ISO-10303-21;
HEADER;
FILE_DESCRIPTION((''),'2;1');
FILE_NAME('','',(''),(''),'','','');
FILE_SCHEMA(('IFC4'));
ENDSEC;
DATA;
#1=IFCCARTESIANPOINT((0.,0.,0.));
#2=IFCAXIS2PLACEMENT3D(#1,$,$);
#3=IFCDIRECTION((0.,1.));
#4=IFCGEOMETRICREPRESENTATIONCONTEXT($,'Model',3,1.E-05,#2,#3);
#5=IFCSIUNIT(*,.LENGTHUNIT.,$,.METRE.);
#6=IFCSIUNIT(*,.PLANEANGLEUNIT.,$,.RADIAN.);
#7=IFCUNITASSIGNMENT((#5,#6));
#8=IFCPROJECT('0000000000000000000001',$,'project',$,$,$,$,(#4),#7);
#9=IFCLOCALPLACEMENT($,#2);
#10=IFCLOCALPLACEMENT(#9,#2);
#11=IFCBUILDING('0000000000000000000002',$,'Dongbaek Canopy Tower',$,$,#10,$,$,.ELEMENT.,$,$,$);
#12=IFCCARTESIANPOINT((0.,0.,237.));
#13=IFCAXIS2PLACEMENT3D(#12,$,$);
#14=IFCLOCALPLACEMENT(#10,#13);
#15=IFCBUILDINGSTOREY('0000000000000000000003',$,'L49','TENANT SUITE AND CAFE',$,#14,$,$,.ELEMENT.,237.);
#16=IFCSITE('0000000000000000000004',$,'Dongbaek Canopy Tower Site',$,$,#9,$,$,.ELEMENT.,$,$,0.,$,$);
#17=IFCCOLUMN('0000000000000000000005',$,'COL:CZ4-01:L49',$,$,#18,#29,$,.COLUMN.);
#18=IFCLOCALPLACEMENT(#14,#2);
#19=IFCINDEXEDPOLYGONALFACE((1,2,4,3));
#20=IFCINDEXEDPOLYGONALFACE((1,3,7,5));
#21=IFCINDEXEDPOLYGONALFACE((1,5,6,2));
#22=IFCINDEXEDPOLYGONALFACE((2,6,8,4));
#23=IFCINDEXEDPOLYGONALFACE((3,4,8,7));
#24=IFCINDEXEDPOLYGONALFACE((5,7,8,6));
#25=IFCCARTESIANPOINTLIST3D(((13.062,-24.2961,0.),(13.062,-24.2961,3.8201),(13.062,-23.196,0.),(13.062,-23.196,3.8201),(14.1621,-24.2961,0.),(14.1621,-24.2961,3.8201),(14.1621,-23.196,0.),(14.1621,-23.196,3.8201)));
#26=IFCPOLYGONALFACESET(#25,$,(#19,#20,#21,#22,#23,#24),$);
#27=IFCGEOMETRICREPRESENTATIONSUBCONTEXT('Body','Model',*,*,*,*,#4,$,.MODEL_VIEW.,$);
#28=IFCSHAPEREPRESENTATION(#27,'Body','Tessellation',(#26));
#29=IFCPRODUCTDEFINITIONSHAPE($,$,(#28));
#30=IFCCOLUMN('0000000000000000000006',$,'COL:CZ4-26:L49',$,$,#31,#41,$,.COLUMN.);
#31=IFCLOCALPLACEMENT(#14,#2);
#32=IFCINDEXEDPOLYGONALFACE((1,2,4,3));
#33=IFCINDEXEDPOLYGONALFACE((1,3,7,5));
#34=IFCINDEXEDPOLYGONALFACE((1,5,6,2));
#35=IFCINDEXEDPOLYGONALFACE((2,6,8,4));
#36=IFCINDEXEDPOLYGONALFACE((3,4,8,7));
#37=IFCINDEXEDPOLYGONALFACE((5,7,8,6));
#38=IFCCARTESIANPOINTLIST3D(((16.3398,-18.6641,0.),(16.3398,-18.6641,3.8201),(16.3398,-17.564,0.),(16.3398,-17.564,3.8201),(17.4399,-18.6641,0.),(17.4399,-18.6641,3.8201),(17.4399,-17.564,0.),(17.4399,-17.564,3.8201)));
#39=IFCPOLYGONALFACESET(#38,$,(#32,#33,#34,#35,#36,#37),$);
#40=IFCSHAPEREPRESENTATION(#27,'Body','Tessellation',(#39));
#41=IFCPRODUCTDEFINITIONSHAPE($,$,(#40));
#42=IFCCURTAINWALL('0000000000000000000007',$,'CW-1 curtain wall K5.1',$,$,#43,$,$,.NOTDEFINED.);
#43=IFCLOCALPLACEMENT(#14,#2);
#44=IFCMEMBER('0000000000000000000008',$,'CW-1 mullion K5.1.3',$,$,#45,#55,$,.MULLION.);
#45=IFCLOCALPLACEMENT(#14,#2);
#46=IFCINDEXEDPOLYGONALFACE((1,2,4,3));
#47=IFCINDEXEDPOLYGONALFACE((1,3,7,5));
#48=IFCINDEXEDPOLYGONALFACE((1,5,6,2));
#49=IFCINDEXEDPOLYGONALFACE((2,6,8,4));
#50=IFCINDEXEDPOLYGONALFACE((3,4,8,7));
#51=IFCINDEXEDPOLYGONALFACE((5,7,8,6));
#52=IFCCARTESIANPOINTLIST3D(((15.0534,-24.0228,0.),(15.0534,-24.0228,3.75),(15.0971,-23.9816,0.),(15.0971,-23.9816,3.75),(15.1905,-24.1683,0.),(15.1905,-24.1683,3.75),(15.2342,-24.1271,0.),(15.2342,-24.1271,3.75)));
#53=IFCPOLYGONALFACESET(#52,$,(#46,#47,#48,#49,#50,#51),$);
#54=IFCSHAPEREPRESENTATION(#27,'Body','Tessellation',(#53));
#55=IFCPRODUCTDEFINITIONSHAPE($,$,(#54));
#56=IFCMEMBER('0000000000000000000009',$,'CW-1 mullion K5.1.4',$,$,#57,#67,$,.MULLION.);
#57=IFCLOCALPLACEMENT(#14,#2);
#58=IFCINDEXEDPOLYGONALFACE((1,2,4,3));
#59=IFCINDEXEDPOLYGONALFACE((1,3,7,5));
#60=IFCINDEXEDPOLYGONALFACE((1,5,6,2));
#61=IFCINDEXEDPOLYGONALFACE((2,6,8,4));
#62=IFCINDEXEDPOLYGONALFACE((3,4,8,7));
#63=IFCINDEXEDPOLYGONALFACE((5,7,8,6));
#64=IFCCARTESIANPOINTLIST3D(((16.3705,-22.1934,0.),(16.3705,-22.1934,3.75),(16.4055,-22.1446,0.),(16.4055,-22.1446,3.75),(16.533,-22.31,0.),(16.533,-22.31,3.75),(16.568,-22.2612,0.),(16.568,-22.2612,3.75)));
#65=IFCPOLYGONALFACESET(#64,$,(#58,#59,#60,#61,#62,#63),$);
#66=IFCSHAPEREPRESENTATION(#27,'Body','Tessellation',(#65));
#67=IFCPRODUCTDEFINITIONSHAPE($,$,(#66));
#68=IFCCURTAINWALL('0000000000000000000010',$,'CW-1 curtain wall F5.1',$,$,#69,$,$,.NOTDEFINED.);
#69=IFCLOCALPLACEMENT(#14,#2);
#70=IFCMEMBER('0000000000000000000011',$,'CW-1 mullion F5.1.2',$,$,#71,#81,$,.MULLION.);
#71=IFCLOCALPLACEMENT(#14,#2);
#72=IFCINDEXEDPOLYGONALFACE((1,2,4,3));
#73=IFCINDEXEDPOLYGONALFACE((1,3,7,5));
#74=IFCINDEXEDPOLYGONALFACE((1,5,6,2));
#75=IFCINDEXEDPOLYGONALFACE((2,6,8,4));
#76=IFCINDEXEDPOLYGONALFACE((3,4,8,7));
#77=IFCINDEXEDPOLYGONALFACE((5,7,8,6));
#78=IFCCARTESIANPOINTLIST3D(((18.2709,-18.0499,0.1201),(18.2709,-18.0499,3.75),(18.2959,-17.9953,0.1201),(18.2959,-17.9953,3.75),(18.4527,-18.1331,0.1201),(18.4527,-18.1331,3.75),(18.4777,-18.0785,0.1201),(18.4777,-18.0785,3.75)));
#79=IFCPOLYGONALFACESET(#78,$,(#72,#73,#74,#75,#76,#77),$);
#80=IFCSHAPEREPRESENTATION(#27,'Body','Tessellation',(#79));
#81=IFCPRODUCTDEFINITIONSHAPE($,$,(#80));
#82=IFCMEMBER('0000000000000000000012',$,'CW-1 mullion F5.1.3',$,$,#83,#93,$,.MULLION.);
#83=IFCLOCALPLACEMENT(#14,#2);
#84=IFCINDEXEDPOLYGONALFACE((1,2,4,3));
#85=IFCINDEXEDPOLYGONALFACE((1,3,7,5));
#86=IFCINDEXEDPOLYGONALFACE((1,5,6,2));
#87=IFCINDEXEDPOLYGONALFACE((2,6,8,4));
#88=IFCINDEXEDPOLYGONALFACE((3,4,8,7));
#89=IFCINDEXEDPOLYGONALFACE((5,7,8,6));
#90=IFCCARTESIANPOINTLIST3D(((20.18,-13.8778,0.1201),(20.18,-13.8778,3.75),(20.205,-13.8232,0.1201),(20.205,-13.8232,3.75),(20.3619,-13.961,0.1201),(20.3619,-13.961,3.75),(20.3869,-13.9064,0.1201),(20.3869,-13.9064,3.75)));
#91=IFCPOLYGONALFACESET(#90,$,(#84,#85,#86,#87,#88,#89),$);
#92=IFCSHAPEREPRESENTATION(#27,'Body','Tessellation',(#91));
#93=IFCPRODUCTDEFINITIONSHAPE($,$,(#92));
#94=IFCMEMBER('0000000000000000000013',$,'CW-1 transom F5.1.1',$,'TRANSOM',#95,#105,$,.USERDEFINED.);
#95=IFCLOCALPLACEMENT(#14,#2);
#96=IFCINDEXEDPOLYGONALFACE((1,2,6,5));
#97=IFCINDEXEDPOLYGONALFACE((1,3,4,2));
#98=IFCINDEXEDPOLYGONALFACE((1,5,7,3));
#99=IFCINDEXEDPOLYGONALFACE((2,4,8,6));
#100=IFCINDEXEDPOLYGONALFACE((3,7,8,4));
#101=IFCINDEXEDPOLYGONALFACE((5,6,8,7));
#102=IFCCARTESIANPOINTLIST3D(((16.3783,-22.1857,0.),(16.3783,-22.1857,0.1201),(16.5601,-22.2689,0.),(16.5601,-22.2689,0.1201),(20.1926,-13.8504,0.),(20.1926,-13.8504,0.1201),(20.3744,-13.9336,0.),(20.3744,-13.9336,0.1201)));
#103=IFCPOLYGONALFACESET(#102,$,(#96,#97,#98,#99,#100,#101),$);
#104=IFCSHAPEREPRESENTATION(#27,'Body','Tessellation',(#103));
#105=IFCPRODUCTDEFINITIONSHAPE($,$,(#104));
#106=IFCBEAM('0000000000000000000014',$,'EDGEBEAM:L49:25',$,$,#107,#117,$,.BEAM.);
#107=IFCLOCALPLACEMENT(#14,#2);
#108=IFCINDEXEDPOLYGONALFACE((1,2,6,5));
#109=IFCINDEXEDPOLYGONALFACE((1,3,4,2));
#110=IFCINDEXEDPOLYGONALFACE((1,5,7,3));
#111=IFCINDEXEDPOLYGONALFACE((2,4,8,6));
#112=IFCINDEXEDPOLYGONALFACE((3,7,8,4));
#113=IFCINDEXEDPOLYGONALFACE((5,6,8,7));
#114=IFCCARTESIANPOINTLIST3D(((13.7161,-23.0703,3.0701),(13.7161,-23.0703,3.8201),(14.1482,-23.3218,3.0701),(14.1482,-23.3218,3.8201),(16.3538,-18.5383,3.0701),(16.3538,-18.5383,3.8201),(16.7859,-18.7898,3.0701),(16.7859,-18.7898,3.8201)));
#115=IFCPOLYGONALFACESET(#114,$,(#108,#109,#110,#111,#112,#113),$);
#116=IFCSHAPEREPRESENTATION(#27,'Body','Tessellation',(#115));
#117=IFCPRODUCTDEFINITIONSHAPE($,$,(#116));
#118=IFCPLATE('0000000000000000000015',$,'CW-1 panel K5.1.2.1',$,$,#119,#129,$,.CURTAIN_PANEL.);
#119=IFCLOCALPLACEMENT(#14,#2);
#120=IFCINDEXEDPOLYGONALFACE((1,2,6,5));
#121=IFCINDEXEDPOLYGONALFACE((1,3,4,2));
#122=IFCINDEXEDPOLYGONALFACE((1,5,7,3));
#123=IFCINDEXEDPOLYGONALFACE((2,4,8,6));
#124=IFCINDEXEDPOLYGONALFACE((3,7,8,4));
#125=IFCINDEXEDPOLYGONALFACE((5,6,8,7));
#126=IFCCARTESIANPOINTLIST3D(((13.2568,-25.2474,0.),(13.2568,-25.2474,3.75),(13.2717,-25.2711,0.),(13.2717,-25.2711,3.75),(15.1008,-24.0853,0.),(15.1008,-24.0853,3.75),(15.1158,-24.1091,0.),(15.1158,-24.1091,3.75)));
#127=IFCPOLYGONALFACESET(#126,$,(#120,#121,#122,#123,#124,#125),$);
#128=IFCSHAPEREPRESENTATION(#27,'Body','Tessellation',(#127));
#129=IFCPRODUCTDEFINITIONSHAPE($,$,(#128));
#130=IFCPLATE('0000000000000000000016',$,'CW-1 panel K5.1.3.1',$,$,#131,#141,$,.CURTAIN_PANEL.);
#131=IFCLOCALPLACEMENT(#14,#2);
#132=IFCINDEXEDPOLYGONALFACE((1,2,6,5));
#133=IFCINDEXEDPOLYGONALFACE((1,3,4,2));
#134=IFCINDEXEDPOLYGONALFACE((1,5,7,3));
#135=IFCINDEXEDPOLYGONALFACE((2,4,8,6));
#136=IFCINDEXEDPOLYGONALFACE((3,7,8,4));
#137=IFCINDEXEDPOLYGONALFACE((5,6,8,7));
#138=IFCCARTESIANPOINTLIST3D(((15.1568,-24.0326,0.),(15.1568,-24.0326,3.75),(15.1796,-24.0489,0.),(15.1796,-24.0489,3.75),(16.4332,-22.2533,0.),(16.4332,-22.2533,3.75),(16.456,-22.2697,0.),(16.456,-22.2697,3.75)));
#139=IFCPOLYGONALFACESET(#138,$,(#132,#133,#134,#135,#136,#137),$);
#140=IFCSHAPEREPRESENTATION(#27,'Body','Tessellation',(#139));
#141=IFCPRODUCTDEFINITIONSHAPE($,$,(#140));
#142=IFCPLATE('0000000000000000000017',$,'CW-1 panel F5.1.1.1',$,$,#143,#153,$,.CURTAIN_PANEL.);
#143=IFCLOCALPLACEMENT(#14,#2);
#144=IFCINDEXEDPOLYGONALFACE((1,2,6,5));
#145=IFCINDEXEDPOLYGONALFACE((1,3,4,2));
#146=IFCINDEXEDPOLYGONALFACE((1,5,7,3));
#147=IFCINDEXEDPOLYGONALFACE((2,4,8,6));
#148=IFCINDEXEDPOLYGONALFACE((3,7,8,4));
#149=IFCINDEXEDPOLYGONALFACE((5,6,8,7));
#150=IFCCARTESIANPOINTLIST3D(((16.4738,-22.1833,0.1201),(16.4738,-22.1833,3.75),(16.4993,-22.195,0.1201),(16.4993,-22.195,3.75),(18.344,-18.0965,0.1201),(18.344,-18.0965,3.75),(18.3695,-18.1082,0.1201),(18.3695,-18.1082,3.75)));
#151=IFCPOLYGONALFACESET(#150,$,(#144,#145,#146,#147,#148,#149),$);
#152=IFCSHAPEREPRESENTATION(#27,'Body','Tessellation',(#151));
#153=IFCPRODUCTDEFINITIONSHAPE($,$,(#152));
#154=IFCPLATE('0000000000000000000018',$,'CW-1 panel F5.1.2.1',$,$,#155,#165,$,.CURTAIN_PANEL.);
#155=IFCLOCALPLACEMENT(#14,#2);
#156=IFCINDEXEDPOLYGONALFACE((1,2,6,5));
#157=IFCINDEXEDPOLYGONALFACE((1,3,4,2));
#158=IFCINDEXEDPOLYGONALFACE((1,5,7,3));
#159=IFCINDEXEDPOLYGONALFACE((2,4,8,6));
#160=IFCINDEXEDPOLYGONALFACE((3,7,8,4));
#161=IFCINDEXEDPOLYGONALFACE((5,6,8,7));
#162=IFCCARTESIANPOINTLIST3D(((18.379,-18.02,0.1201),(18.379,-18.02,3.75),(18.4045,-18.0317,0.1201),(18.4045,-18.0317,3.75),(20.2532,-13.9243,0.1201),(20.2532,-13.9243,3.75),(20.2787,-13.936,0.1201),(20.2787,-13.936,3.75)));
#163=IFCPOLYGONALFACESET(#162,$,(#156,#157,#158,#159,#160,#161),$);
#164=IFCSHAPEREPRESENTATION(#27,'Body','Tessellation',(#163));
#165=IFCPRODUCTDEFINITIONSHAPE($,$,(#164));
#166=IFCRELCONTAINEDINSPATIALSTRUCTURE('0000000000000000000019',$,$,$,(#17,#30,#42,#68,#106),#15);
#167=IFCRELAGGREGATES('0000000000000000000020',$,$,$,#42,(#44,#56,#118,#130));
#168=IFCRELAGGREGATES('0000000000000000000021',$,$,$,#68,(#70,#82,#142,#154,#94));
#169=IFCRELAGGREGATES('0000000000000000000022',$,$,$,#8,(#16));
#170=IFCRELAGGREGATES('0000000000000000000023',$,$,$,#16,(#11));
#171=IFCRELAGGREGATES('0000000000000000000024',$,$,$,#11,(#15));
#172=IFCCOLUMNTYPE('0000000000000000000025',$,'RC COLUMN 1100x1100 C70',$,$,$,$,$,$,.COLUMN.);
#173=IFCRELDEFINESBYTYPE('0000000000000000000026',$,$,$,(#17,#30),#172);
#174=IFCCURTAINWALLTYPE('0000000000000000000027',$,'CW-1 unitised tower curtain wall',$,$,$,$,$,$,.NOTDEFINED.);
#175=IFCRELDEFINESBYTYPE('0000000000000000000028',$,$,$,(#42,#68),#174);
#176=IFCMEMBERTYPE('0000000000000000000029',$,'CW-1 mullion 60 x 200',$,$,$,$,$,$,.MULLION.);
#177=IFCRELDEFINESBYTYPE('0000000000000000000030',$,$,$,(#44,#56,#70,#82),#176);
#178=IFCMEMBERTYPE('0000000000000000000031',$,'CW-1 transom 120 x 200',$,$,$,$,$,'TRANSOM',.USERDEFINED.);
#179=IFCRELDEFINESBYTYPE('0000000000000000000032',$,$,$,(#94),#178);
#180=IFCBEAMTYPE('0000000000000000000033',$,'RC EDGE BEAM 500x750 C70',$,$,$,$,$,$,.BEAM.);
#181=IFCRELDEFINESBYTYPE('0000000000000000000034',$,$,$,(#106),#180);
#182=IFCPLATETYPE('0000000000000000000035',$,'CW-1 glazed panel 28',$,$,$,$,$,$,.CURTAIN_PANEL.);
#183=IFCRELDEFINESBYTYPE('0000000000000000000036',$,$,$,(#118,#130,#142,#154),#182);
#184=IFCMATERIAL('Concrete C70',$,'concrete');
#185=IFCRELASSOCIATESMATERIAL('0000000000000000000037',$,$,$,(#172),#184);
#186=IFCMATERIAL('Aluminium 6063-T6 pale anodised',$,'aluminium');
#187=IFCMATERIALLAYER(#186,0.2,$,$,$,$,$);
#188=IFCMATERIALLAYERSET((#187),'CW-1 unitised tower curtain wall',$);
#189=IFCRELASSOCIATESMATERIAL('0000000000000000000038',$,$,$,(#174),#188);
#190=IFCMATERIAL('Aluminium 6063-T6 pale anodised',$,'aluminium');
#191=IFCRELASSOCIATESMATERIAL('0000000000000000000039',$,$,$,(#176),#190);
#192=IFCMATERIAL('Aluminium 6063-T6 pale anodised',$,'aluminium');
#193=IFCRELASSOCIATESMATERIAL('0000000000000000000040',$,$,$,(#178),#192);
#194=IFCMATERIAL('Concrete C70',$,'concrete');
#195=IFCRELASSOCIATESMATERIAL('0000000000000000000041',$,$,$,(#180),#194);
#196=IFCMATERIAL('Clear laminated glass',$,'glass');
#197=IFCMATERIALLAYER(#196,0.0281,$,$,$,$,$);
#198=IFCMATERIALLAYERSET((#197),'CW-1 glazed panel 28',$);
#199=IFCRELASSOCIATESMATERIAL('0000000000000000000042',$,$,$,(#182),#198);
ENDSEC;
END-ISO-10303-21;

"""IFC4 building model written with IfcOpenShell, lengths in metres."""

from ifc_helpers import new_model, si_unit, direction, frame, origin, origin_2d, place, context, subcontext, project, spatial, rectangle, extrude, material, layer, layer_set, material_profile, profile_set, type_object, element, aggregate, save


model = new_model("IFC4")

# Units and contexts
model_context = context("Model", 3, precision=1e-05, world=origin(), true_north=direction((0.0, 1.0)))
body_context = subcontext(model_context, "Body", "Model", "MODEL_VIEW")
ifc_project = project(units=[si_unit("LENGTHUNIT", "METRE"), si_unit("PLANEANGLEUNIT", "RADIAN")], contexts=[model_context])

# Site, building, storey
site_placement = place(None, origin())
site = spatial("IfcSite", under=ifc_project, at=site_placement, Name="Dongbaek Canopy Tower Site", CompositionType="ELEMENT", RefElevation=0.0)
building_placement = place(site_placement, origin())
building = spatial("IfcBuilding", under=site, at=building_placement, Name="Dongbaek Canopy Tower", CompositionType="ELEMENT")
storey_placement = place(building_placement, frame((0.0, 0.0, 237.0)))
storey = spatial("IfcBuildingStorey", under=building, at=storey_placement, Name="L49", Description="TENANT SUITE AND CAFE", CompositionType="ELEMENT", Elevation=237.0)

# Columns
ifc_material_1 = material(Name="Concrete C70", Category="concrete")
ifc_material_profile_1 = material_profile(ifc_material_1, rectangle(XDim=1.1001, YDim=1.1001, at=origin_2d()), Name="RC COLUMN 1100x1100 C70")
ifc_profile_set_1 = profile_set([ifc_material_profile_1], Name="Concrete C70")
column_type = type_object("IfcColumnType", Name="RC COLUMN 1100x1100 C70", PredefinedType="COLUMN", material=ifc_profile_set_1)
for number, where, z_axis, x_axis, name in (
    (1, (13.6121, -23.7461, 0.0), (0.0, 0.0, 1.0), (1.0, 0.0, 0.0), "COL:CZ4-01:L49"),
    (2, (16.8899, -18.114, 0.0), (0.0, 0.0, 1.0), (1.0, 0.0, 0.0), "COL:CZ4-26:L49"),
):
    element("IfcColumn", number, at=place(storey_placement, frame(where, z_axis=z_axis, x_axis=x_axis)), inside=storey, type_object=column_type, Name=name, PredefinedType="COLUMN", context=body_context, shape_type="SweptSolid", body=[
        extrude(rectangle(XDim=1.1001, YDim=1.1001, at=origin_2d()), origin(), (0.0, 0.0, 1.0), 3.8201),
    ])

# Curtain walls, members
ifc_material_2 = material(Name="Aluminium 6063-T6 pale anodised", Category="aluminium")
ifc_layer_1 = layer(ifc_material_2, 0.2)
ifc_layer_set_1 = layer_set([ifc_layer_1], Name="CW-1 unitised tower curtain wall")
curtain_wall_type = type_object("IfcCurtainWallType", Name="CW-1 unitised tower curtain wall", PredefinedType="NOTDEFINED", material=ifc_layer_set_1)
curtain_wall_1_placement = place(storey_placement, origin())
curtain_wall_1 = element("IfcCurtainWall", 3, at=curtain_wall_1_placement, inside=storey, type_object=curtain_wall_type, Name="CW-1 curtain wall K5.1", PredefinedType="NOTDEFINED")
ifc_material_3 = material(Name="Aluminium 6063-T6 pale anodised", Category="aluminium")
ifc_material_profile_2 = material_profile(ifc_material_3, rectangle(XDim=0.2, YDim=0.0601, at=origin_2d()), Name="CW-1 mullion 60 x 200")
ifc_profile_set_2 = profile_set([ifc_material_profile_2], Name="Aluminium 6063-T6 pale anodised")
member_type_1 = type_object("IfcMemberType", Name="CW-1 mullion 60 x 200", PredefinedType="MULLION", material=ifc_profile_set_2)
member_1_placement = place(storey_placement, frame((15.1438, -24.075, 0.0), z_axis=(0.0, 0.0, 1.0), x_axis=(0.685596, -0.727982, 0.0)))
member_1 = element("IfcMember", 4, at=member_1_placement, type_object=member_type_1, Name="CW-1 mullion K5.1.3", PredefinedType="MULLION", context=body_context, shape_type="SweptSolid", body=[
    extrude(rectangle(XDim=0.2, YDim=0.0601, at=origin_2d()), origin(), (0.0, 0.0, 1.0), 3.75),
])
member_2_placement = place(storey_placement, frame((16.4692, -22.2273, 0.0), z_axis=(0.0, 0.0, 1.0), x_axis=(0.812557, -0.582881, 0.0)))
member_2 = element("IfcMember", 5, at=member_2_placement, type_object=member_type_1, Name="CW-1 mullion K5.1.4", PredefinedType="MULLION", context=body_context, shape_type="SweptSolid", body=[
    extrude(rectangle(XDim=0.2, YDim=0.0601, at=origin_2d()), origin(), (0.0, 0.0, 1.0), 3.75),
])
curtain_wall_2_placement = place(storey_placement, origin())
curtain_wall_2 = element("IfcCurtainWall", 6, at=curtain_wall_2_placement, inside=storey, type_object=curtain_wall_type, Name="CW-1 curtain wall F5.1", PredefinedType="NOTDEFINED")
member_3_placement = place(storey_placement, frame((18.3743, -18.0642, 0.1201), z_axis=(0.0, 0.0, 1.0), x_axis=(0.909313, -0.416113, 0.0)))
member_3 = element("IfcMember", 7, at=member_3_placement, type_object=member_type_1, Name="CW-1 mullion F5.1.2", PredefinedType="MULLION", context=body_context, shape_type="SweptSolid", body=[
    extrude(rectangle(XDim=0.2, YDim=0.0601, at=origin_2d()), origin(), (0.0, 0.0, 1.0), 3.6299),
])
member_4_placement = place(storey_placement, frame((20.2834, -13.8921, 0.1201), z_axis=(0.0, 0.0, 1.0), x_axis=(0.909313, -0.416113, 0.0)))
member_4 = element("IfcMember", 8, at=member_4_placement, type_object=member_type_1, Name="CW-1 mullion F5.1.3", PredefinedType="MULLION", context=body_context, shape_type="SweptSolid", body=[
    extrude(rectangle(XDim=0.2, YDim=0.0601, at=origin_2d()), origin(), (0.0, 0.0, 1.0), 3.6299),
])
ifc_material_4 = material(Name="Aluminium 6063-T6 pale anodised", Category="aluminium")
ifc_material_profile_3 = material_profile(ifc_material_4, rectangle(XDim=0.2, YDim=0.1201, at=origin_2d()), Name="CW-1 transom 120 x 200")
ifc_profile_set_3 = profile_set([ifc_material_profile_3], Name="Aluminium 6063-T6 pale anodised")
member_type_2 = type_object("IfcMemberType", Name="CW-1 transom 120 x 200", ElementType="TRANSOM", PredefinedType="USERDEFINED", material=ifc_profile_set_3)
member_5_placement = place(storey_placement, frame((16.4692, -22.2273, 0.0601), z_axis=(0.416105, 0.909316, 0.0), x_axis=(-0.909316, 0.416105, 0.0)))
member_5 = element("IfcMember", 9, at=member_5_placement, type_object=member_type_2, Name="CW-1 transom F5.1.1", ObjectType="TRANSOM", PredefinedType="USERDEFINED", context=body_context, shape_type="SweptSolid", body=[
    extrude(rectangle(XDim=0.2, YDim=0.1201, at=origin_2d()), origin(), (0.0, 0.0, 1.0), 9.1665),
])

# Beam
ifc_material_5 = material(Name="Concrete C70", Category="concrete")
ifc_material_profile_4 = material_profile(ifc_material_5, rectangle(XDim=0.5, YDim=0.75, at=origin_2d()), Name="RC EDGE BEAM 500x750 C70")
ifc_profile_set_4 = profile_set([ifc_material_profile_4], Name="Concrete C70")
beam_type = type_object("IfcBeamType", Name="RC EDGE BEAM 500x750 C70", PredefinedType="BEAM", material=ifc_profile_set_4)
beam_placement = place(storey_placement, frame((16.5698, -18.6641, 3.4451), z_axis=(-0.503023, -0.864273, 0.0), x_axis=(0.864273, -0.503023, 0.0)))
element("IfcBeam", 10, at=beam_placement, inside=storey, type_object=beam_type, Name="EDGEBEAM:L49:25", PredefinedType="BEAM", context=body_context, shape_type="SweptSolid", body=[
    extrude(rectangle(XDim=0.5, YDim=0.75, at=origin_2d()), origin(), (0.0, 0.0, 1.0), 5.2437),
])

# Plates
ifc_material_6 = material(Name="Clear laminated glass", Category="glass")
ifc_layer_2 = layer(ifc_material_6, 0.0281)
ifc_layer_set_2 = layer_set([ifc_layer_2], Name="CW-1 glazed panel 28")
plate_type = type_object("IfcPlateType", Name="CW-1 glazed panel 28", PredefinedType="CURTAIN_PANEL", material=ifc_layer_set_2)
plate_1_placement = place(storey_placement, frame((14.1863, -24.6782, 0.0), z_axis=(0.0, 0.0, 1.0), x_axis=(0.846021, 0.533149, 0.0)))
plate_1 = element("IfcPlate", 11, at=plate_1_placement, type_object=plate_type, Name="CW-1 panel K5.1.2.1", PredefinedType="CURTAIN_PANEL", context=body_context, shape_type="SweptSolid", body=[
    extrude(rectangle(XDim=2.1797, YDim=0.0281, at=origin_2d()), origin(), (0.0, 0.0, 1.0), 3.75),
])
plate_2_placement = place(storey_placement, frame((15.8064, -23.1511, 0.0), z_axis=(0.0, 0.0, 1.0), x_axis=(0.582881, 0.812557, 0.0)))
plate_2 = element("IfcPlate", 12, at=plate_2_placement, type_object=plate_type, Name="CW-1 panel K5.1.3.1", PredefinedType="CURTAIN_PANEL", context=body_context, shape_type="SweptSolid", body=[
    extrude(rectangle(XDim=2.1897, YDim=0.0281, at=origin_2d()), origin(), (0.0, 0.0, 1.0), 3.75),
])
aggregate(curtain_wall_1, [member_1, member_2, plate_1, plate_2])
plate_3_placement = place(storey_placement, frame((17.4216, -20.1458, 0.1201), z_axis=(0.0, 0.0, 1.0), x_axis=(0.416113, 0.909313, 0.0)))
plate_3 = element("IfcPlate", 13, at=plate_3_placement, type_object=plate_type, Name="CW-1 panel F5.1.1.1", PredefinedType="CURTAIN_PANEL", context=body_context, shape_type="SweptSolid", body=[
    extrude(rectangle(XDim=4.4944, YDim=0.0281, at=origin_2d()), origin(), (0.0, 0.0, 1.0), 3.6299),
])
plate_4_placement = place(storey_placement, frame((19.3289, -15.978, 0.1201), z_axis=(0.0, 0.0, 1.0), x_axis=(0.416113, 0.909313, 0.0)))
plate_4 = element("IfcPlate", 14, at=plate_4_placement, type_object=plate_type, Name="CW-1 panel F5.1.2.1", PredefinedType="CURTAIN_PANEL", context=body_context, shape_type="SweptSolid", body=[
    extrude(rectangle(XDim=4.5042, YDim=0.0281, at=origin_2d()), origin(), (0.0, 0.0, 1.0), 3.6299),
])

aggregate(curtain_wall_2, [member_3, member_4, plate_3, plate_4, member_5])

save(model, "model.ifc")
